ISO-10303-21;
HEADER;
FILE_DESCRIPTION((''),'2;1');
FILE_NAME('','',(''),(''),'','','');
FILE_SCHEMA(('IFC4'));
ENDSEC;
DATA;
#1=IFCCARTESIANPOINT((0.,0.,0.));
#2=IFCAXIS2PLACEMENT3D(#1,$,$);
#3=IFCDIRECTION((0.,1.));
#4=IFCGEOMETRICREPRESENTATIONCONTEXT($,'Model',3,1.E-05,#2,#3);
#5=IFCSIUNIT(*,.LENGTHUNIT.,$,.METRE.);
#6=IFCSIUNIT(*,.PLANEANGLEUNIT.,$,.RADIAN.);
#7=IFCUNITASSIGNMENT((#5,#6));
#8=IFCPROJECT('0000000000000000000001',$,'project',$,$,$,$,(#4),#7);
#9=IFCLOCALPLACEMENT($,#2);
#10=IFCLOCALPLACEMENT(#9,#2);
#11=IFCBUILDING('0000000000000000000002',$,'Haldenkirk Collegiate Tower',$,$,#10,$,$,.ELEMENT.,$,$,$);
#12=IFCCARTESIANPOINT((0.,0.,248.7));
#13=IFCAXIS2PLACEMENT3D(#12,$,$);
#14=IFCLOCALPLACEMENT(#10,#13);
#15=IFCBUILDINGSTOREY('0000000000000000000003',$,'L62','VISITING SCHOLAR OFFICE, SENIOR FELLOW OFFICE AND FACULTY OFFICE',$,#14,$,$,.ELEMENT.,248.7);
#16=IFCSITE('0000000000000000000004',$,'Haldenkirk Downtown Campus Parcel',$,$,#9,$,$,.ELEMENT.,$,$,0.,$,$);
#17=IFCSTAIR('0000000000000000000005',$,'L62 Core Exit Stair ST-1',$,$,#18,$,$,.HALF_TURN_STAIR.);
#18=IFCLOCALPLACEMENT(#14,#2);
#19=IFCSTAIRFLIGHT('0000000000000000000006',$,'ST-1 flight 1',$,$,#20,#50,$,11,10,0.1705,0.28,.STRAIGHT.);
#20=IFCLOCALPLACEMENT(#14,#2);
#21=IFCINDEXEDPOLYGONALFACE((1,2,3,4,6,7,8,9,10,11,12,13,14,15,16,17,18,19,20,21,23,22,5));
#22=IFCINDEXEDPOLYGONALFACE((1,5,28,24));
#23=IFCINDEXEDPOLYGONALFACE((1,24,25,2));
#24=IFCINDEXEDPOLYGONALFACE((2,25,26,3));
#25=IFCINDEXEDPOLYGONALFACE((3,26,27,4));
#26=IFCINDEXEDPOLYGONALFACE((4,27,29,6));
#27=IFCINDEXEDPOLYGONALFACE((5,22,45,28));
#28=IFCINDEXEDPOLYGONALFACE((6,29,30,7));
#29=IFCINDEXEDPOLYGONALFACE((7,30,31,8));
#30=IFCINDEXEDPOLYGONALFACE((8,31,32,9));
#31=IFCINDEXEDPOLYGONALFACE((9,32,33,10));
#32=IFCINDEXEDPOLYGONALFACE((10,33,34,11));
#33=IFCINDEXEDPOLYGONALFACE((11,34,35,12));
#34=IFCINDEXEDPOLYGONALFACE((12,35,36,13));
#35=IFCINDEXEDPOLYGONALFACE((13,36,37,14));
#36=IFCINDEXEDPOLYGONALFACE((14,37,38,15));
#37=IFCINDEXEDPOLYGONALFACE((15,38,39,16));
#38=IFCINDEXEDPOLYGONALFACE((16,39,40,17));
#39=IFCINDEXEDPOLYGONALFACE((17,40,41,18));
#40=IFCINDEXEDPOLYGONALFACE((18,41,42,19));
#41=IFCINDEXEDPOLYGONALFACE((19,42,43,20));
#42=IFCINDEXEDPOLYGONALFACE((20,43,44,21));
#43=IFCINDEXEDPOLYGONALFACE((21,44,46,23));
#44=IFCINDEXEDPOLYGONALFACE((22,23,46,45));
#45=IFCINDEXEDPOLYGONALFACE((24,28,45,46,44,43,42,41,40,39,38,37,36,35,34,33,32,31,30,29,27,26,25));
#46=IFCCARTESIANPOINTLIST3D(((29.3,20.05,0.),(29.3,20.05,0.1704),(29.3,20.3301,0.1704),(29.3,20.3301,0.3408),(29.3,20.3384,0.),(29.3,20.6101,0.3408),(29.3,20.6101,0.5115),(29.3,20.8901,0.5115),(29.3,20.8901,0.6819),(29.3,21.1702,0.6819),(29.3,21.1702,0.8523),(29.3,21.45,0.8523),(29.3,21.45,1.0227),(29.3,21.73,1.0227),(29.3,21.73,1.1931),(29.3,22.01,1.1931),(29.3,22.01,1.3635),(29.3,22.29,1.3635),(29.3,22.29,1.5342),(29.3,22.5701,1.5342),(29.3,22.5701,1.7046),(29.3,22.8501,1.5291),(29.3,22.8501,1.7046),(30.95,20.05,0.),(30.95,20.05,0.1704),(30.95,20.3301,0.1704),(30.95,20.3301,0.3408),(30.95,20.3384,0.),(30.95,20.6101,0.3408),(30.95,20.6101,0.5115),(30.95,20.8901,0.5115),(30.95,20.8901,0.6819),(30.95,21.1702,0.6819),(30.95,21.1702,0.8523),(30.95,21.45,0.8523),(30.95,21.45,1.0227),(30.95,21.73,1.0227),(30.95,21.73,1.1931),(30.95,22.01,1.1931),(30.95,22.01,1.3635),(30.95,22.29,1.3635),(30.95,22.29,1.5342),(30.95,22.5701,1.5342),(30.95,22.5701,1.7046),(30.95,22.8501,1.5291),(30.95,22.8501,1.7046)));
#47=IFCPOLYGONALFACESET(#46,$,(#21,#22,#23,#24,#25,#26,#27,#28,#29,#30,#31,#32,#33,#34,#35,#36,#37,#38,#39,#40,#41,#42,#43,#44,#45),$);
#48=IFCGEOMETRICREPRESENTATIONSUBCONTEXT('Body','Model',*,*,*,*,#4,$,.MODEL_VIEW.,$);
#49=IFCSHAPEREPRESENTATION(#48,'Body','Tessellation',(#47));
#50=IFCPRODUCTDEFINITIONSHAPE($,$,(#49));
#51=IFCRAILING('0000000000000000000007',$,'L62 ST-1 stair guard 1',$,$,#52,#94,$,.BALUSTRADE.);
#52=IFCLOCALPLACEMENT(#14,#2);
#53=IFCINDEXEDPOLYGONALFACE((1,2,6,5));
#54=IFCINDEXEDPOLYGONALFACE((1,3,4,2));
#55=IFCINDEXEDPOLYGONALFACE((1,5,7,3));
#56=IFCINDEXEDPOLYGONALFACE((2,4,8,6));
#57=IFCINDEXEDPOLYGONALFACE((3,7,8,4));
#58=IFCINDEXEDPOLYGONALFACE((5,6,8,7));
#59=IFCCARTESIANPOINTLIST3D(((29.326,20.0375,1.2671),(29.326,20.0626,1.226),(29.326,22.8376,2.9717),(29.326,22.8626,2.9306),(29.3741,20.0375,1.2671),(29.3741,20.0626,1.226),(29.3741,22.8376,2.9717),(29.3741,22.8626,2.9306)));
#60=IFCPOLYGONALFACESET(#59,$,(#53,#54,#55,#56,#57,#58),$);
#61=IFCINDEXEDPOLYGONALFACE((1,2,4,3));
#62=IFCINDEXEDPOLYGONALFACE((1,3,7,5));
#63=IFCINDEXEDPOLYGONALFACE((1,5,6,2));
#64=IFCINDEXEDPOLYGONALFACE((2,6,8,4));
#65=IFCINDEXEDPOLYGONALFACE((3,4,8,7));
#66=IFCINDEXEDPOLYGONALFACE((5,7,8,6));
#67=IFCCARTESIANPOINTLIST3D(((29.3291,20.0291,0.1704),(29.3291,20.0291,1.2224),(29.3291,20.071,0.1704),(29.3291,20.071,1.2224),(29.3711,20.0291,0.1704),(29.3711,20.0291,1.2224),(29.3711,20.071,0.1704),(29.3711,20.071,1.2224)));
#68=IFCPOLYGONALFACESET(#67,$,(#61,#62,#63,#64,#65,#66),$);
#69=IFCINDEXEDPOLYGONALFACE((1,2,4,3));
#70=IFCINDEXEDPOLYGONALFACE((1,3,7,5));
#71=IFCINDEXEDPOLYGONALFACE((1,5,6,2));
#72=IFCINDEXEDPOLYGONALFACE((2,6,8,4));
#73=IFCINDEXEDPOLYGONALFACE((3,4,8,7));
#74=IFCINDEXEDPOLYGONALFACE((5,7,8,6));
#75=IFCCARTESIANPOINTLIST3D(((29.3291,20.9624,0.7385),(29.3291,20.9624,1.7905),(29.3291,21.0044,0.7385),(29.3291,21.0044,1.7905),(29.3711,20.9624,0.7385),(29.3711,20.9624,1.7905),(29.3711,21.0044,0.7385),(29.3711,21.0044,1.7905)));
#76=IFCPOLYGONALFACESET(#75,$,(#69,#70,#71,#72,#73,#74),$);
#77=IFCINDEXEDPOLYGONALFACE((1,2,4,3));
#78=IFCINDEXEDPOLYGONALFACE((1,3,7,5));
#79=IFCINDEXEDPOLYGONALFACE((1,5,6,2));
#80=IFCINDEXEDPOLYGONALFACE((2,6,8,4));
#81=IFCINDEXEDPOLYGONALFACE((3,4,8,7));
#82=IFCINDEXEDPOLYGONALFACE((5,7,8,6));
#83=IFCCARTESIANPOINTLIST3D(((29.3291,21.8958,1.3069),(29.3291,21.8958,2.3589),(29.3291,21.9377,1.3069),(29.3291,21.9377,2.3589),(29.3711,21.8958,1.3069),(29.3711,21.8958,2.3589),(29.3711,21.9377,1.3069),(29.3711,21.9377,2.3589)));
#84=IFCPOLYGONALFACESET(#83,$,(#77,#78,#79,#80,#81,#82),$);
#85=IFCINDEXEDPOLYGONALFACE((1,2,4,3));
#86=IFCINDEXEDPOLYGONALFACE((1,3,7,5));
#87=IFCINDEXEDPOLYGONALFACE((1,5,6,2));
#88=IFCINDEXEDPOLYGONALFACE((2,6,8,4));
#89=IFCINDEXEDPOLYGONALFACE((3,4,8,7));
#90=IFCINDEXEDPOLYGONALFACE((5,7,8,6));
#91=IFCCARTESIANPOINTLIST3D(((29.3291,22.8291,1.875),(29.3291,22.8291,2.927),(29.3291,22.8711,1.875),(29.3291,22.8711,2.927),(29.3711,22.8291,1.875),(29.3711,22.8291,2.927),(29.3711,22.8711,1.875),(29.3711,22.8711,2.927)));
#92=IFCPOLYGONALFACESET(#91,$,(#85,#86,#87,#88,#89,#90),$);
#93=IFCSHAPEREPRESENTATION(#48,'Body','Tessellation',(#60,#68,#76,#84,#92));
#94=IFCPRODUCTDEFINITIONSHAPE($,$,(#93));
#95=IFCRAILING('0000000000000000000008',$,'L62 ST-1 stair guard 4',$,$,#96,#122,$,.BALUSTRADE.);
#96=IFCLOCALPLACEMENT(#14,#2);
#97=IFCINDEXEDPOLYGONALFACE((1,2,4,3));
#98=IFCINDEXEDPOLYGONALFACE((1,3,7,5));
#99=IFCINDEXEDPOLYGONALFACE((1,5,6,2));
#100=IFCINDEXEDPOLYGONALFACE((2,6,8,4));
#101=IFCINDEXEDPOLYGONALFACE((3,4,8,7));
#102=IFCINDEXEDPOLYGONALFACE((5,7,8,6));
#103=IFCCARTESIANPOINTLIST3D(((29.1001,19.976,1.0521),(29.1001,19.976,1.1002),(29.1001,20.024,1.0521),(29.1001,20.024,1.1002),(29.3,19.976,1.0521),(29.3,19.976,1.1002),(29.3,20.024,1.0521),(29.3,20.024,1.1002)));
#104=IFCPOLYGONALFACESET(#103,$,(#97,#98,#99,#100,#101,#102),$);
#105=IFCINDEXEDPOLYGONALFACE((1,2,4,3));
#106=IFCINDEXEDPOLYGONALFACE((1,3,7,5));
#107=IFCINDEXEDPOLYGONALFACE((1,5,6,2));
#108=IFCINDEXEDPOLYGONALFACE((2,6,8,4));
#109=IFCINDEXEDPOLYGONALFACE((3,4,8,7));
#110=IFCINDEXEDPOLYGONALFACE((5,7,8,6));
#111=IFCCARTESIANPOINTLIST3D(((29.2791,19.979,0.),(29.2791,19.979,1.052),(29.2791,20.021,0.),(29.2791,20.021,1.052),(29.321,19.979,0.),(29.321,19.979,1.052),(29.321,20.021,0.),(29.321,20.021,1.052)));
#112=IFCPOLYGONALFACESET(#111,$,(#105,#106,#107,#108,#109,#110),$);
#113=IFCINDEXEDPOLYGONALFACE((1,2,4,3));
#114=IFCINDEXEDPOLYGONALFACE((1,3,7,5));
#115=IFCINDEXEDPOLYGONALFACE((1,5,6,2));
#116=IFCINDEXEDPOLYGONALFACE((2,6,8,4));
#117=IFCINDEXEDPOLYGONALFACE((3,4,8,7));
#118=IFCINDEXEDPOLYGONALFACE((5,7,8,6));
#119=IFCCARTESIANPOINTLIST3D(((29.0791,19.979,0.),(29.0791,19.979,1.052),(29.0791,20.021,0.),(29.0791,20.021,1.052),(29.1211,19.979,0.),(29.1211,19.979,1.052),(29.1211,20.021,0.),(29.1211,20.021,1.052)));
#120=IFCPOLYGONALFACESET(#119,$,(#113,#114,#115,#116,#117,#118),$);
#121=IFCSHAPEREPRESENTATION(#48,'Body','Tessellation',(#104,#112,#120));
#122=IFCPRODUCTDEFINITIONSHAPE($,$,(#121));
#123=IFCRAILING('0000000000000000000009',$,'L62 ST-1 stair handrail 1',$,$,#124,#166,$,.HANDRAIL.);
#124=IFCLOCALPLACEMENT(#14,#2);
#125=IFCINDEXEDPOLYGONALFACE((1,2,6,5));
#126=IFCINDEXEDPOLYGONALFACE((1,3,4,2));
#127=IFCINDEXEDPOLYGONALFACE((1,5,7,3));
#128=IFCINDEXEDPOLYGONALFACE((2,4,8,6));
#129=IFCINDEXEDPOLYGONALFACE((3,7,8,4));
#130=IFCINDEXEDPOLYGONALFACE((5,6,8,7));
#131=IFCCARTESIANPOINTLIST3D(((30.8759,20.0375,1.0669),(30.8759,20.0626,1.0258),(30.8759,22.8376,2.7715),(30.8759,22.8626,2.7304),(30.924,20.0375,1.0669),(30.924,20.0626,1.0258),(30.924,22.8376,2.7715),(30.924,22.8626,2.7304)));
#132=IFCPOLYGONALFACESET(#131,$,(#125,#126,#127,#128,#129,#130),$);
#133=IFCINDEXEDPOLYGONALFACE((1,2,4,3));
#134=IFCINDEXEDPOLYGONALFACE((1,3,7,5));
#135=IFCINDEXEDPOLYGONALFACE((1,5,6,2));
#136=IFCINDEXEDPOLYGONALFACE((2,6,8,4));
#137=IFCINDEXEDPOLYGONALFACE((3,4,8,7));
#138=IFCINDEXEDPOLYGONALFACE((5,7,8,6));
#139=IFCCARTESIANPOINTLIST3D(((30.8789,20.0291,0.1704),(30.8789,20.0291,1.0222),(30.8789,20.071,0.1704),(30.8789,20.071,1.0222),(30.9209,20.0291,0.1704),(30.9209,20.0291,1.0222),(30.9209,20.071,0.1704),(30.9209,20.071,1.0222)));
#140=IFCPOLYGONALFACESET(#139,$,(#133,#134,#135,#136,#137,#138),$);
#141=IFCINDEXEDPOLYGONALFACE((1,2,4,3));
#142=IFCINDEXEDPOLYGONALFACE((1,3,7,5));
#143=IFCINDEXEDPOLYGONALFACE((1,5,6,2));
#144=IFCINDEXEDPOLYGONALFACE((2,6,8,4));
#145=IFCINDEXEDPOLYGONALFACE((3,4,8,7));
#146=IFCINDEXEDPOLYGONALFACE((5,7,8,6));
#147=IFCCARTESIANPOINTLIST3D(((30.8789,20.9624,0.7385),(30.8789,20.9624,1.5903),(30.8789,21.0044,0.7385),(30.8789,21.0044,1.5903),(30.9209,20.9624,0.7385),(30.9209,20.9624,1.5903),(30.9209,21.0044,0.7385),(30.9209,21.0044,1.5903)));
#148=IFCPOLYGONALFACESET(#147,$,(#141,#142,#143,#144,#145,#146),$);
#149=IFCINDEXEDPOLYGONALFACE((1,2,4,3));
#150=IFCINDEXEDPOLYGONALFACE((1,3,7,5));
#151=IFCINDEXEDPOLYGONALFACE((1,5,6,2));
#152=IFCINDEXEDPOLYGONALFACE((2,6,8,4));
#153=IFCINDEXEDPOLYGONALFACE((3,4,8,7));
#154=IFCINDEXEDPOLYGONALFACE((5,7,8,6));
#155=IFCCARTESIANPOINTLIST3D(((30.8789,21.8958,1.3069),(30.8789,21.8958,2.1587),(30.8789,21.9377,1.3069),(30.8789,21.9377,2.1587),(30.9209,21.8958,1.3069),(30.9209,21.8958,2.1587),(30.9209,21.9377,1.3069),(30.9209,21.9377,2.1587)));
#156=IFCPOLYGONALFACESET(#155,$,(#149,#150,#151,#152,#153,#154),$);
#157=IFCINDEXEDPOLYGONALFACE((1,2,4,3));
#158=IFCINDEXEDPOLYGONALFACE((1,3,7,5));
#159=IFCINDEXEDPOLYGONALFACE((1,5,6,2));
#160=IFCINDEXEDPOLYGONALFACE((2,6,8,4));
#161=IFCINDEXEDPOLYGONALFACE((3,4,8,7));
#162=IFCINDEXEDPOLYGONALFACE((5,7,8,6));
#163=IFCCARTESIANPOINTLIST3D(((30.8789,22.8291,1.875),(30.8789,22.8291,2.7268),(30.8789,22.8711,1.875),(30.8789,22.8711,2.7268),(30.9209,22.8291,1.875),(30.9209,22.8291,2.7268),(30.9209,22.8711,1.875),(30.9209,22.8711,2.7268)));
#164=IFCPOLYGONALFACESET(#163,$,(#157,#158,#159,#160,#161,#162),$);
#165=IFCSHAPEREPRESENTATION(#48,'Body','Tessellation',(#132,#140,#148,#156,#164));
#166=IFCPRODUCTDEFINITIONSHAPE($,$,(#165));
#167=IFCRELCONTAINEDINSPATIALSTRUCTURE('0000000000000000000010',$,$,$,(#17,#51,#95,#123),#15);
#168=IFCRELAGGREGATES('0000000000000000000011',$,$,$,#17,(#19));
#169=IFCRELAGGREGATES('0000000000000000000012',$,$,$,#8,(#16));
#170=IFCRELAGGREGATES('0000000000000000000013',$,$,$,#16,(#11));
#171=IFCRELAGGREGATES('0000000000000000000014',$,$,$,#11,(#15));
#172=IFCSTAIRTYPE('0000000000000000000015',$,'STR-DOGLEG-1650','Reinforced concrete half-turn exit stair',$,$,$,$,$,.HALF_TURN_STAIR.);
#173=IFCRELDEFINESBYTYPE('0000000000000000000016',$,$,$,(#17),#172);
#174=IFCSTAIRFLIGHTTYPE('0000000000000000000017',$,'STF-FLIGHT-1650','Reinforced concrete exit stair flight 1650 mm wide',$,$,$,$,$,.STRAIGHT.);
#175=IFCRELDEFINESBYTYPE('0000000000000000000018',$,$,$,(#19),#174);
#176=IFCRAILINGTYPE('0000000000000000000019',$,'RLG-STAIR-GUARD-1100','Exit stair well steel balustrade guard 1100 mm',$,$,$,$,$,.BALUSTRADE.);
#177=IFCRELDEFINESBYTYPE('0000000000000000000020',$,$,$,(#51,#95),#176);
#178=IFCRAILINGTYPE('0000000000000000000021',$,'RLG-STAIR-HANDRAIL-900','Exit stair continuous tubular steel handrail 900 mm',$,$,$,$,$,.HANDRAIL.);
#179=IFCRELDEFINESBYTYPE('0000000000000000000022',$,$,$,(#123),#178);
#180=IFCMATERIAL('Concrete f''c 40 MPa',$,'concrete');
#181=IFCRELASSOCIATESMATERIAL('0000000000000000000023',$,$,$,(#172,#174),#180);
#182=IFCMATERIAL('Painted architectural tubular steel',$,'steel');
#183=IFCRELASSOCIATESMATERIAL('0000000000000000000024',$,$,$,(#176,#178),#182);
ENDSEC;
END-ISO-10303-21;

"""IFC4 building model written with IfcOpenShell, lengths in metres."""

from ifc_helpers import new_model, si_unit, direction, frame, origin, origin_2d, place, context, subcontext, project, spatial, polyline, rectangle, outline, extrude, material, type_object, element, aggregate, save


model = new_model("IFC4")

# Units and contexts
model_context = context("Model", 3, precision=1e-05, world=origin(), true_north=direction((0.0, 1.0)))
body_context = subcontext(model_context, "Body", "Model", "MODEL_VIEW")
ifc_project = project(units=[si_unit("LENGTHUNIT", "METRE"), si_unit("PLANEANGLEUNIT", "RADIAN")], contexts=[model_context])

# Site, building, storey
site_placement = place(None, origin())
site = spatial("IfcSite", under=ifc_project, at=site_placement, Name="Haldenkirk Downtown Campus Parcel", CompositionType="ELEMENT", RefElevation=0.0)
building_placement = place(site_placement, origin())
building = spatial("IfcBuilding", under=site, at=building_placement, Name="Haldenkirk Collegiate Tower", CompositionType="ELEMENT")
storey_placement = place(building_placement, frame((0.0, 0.0, 248.7)))
storey = spatial("IfcBuildingStorey", under=building, at=storey_placement, Name="L62", Description="VISITING SCHOLAR OFFICE, SENIOR FELLOW OFFICE AND FACULTY OFFICE", CompositionType="ELEMENT", Elevation=248.7)

# Stair, stair flight
ifc_material_1 = material(Name="Concrete f'c 40 MPa", Category="concrete")
stair_type = type_object("IfcStairType", Name="STR-DOGLEG-1650", Description="Reinforced concrete half-turn exit stair", PredefinedType="HALF_TURN_STAIR", material=ifc_material_1)
stair_placement = place(storey_placement, origin())
stair = element("IfcStair", 1, at=stair_placement, inside=storey, type_object=stair_type, Name="L62 Core Exit Stair ST-1", PredefinedType="HALF_TURN_STAIR")
stair_flight_type = type_object("IfcStairFlightType", Name="STF-FLIGHT-1650", Description="Reinforced concrete exit stair flight 1650 mm wide", PredefinedType="STRAIGHT", material=ifc_material_1)
stair_flight_placement = place(storey_placement, frame((30.125, 20.05, 0.0), z_axis=(0.0, 0.0, 1.0), x_axis=(0.0, 1.0, 0.0)))
stair_flight = element("IfcStairFlight", 2, at=stair_flight_placement, type_object=stair_flight_type, Name="ST-1 flight 1", NumberOfRisers=11, NumberOfTreads=10, PredefinedType="STRAIGHT", RiserHeight=0.1705, TreadLength=0.28, context=body_context, shape_type="SweptSolid", body=[
    extrude(outline(polyline([(0.0, 0.0), (0.0, 0.1704), (0.28, 0.1704), (0.28, 0.3408), (0.5601, 0.3408), (0.5601, 0.5115), (0.8401, 0.5115), (0.8401, 0.6819), (1.1201, 0.6819), (1.1201, 0.8523), (1.3999, 0.8523), (1.3999, 1.0227), (1.6799, 1.0227), (1.6799, 1.1931), (1.96, 1.1931), (1.96, 1.3635), (2.24, 1.3635), (2.24, 1.5342), (2.52, 1.5342), (2.52, 1.7046), (2.8, 1.7046), (2.8, 1.875), (2.8, 1.5291), (0.2883, 0.0), (0.0, 0.0)])), frame((0.0, 0.825, 0.0), z_axis=(0.0, -1.0, 0.0), x_axis=(1.0, 0.0, 0.0)), (0.0, 0.0, 1.0), 1.6499),
])
aggregate(stair, [stair_flight])

# Railings
ifc_material_2 = material(Name="Painted architectural tubular steel", Category="steel")
railing_type_1 = type_object("IfcRailingType", Name="RLG-STAIR-GUARD-1100", Description="Exit stair well steel balustrade guard 1100 mm", PredefinedType="BALUSTRADE", material=ifc_material_2)
railing_1_placement = place(storey_placement, frame((29.3501, 20.05, 0.1704)))
element("IfcRailing", 3, at=railing_1_placement, inside=storey, type_object=railing_type_1, Name="L62 ST-1 stair guard 1", PredefinedType="BALUSTRADE", context=body_context, shape_type="SweptSolid", body=[
    extrude(rectangle(XDim=0.0481, YDim=0.0481, at=origin_2d()), frame((0.0, 0.0, 1.0762), z_axis=(0.0, 0.85417, 0.519994), x_axis=(-1.0, 0.0, 0.0)), (0.0, 0.0, 1.0), 3.2781),
    extrude(rectangle(XDim=0.042, YDim=0.042, at=origin_2d()), origin(), (0.0, 0.0, 1.0), 1.052),
    extrude(rectangle(XDim=0.042, YDim=0.042, at=origin_2d()), frame((0.0, 0.9333, 0.5681)), (0.0, 0.0, 1.0), 1.052),
    extrude(rectangle(XDim=0.042, YDim=0.042, at=origin_2d()), frame((0.0, 1.8667, 1.1365)), (0.0, 0.0, 1.0), 1.052),
    extrude(rectangle(XDim=0.042, YDim=0.042, at=origin_2d()), frame((0.0, 2.8, 1.7046)), (0.0, 0.0, 1.0), 1.052),
])
railing_2_placement = place(storey_placement, frame((29.3, 20.0, 0.0)))
element("IfcRailing", 4, at=railing_2_placement, inside=storey, type_object=railing_type_1, Name="L62 ST-1 stair guard 4", PredefinedType="BALUSTRADE", context=body_context, shape_type="SweptSolid", body=[
    extrude(rectangle(XDim=0.0481, YDim=0.0481, at=origin_2d()), frame((0.0, 0.0, 1.0762), z_axis=(-1.0, 0.0, 0.0), x_axis=(0.0, -1.0, 0.0)), (0.0, 0.0, 1.0), 0.2),
    extrude(rectangle(XDim=0.042, YDim=0.042, at=origin_2d()), origin(), (0.0, 0.0, 1.0), 1.052),
    extrude(rectangle(XDim=0.042, YDim=0.042, at=origin_2d()), frame((-0.2, 0.0, 0.0)), (0.0, 0.0, 1.0), 1.052),
])
railing_type_2 = type_object("IfcRailingType", Name="RLG-STAIR-HANDRAIL-900", Description="Exit stair continuous tubular steel handrail 900 mm", PredefinedType="HANDRAIL", material=ifc_material_2)
railing_3_placement = place(storey_placement, frame((30.8999, 20.05, 0.1704)))
element("IfcRailing", 5, at=railing_3_placement, inside=storey, type_object=railing_type_2, Name="L62 ST-1 stair handrail 1", PredefinedType="HANDRAIL", context=body_context, shape_type="SweptSolid", body=[
    extrude(rectangle(XDim=0.0481, YDim=0.0481, at=origin_2d()), frame((0.0, 0.0, 0.876), z_axis=(0.0, 0.85417, 0.519994), x_axis=(-1.0, 0.0, 0.0)), (0.0, 0.0, 1.0), 3.2781),
    extrude(rectangle(XDim=0.042, YDim=0.042, at=origin_2d()), origin(), (0.0, 0.0, 1.0), 0.8518),
    extrude(rectangle(XDim=0.042, YDim=0.042, at=origin_2d()), frame((0.0, 0.9333, 0.5681)), (0.0, 0.0, 1.0), 0.8518),
    extrude(rectangle(XDim=0.042, YDim=0.042, at=origin_2d()), frame((0.0, 1.8667, 1.1365)), (0.0, 0.0, 1.0), 0.8518),
    extrude(rectangle(XDim=0.042, YDim=0.042, at=origin_2d()), frame((0.0, 2.8, 1.7046)), (0.0, 0.0, 1.0), 0.8518),
])

save(model, "model.ifc")
